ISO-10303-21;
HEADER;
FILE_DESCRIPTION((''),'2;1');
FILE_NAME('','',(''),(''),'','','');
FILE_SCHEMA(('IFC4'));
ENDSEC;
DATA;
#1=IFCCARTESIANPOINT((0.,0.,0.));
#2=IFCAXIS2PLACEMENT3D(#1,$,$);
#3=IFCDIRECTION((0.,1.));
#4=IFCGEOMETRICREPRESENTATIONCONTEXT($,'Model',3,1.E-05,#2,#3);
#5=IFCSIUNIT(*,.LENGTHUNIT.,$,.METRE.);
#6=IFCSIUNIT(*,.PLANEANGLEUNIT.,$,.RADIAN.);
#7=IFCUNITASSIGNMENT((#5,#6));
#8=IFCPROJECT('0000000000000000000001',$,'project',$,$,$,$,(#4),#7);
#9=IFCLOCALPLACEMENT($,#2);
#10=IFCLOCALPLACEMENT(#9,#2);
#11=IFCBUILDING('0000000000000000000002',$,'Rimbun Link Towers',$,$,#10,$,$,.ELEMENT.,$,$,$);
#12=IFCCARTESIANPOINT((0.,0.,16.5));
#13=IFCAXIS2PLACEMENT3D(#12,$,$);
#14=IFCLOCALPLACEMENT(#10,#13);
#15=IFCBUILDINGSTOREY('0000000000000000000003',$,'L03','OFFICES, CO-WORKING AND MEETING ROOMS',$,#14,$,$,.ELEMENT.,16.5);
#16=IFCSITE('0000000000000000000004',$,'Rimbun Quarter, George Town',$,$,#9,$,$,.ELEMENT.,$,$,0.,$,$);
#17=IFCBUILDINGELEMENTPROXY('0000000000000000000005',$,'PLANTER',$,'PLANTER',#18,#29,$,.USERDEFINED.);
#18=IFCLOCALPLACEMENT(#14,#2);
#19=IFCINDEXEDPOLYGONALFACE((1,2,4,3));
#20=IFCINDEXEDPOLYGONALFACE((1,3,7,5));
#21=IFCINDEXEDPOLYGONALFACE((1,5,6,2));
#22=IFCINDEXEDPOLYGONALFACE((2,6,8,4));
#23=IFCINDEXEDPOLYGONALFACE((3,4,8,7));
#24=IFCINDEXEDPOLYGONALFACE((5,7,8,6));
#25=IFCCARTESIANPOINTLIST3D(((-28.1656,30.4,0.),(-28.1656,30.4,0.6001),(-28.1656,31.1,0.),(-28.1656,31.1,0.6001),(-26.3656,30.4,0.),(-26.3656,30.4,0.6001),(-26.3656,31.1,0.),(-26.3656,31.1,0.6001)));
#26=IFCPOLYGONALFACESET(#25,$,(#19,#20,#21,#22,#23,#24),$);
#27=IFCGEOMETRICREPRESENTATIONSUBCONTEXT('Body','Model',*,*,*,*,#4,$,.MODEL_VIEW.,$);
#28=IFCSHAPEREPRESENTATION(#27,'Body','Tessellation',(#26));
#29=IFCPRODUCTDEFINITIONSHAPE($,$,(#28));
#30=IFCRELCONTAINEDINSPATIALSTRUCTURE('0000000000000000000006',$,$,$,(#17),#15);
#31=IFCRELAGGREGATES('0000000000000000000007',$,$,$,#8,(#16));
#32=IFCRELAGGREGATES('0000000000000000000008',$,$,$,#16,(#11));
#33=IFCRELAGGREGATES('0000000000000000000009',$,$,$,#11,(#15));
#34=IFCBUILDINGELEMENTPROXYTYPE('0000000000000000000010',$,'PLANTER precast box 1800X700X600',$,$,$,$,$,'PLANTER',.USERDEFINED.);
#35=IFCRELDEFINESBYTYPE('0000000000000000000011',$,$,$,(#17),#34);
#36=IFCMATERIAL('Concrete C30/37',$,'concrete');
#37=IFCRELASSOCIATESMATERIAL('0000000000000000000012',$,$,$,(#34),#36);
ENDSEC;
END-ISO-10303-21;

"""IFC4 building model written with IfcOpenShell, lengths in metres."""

from ifc_helpers import new_model, si_unit, direction, frame, origin, origin_2d, place, context, subcontext, project, spatial, rectangle, extrude, material, type_object, element, save


model = new_model("IFC4")

# Units and contexts
model_context = context("Model", 3, precision=1e-05, world=origin(), true_north=direction((0.0, 1.0)))
body_context = subcontext(model_context, "Body", "Model", "MODEL_VIEW")
ifc_project = project(units=[si_unit("LENGTHUNIT", "METRE"), si_unit("PLANEANGLEUNIT", "RADIAN")], contexts=[model_context])

# Site, building, storey
site_placement = place(None, origin())
site = spatial("IfcSite", under=ifc_project, at=site_placement, Name="Rimbun Quarter, George Town", CompositionType="ELEMENT", RefElevation=0.0)
building_placement = place(site_placement, origin())
building = spatial("IfcBuilding", under=site, at=building_placement, Name="Rimbun Link Towers", CompositionType="ELEMENT")
storey_placement = place(building_placement, frame((0.0, 0.0, 16.5)))
storey = spatial("IfcBuildingStorey", under=building, at=storey_placement, Name="L03", Description="OFFICES, CO-WORKING AND MEETING ROOMS", CompositionType="ELEMENT", Elevation=16.5)

# Building element proxy
ifc_material_1 = material(Name="Concrete C30/37", Category="concrete")
building_element_proxy_type = type_object("IfcBuildingElementProxyType", Name="PLANTER precast box 1800X700X600", ElementType="PLANTER", PredefinedType="USERDEFINED", material=ifc_material_1)
for number, where, z_axis, x_axis, name in (
    (1, (-27.2656, 30.75, 0.0), (0.0, 0.0, 1.0), (-1.0, 0.0, 0.0), "PLANTER"),
):
    element("IfcBuildingElementProxy", number, at=place(storey_placement, frame(where, z_axis=z_axis, x_axis=x_axis)), inside=storey, type_object=building_element_proxy_type, Name=name, ObjectType="PLANTER", PredefinedType="USERDEFINED", context=body_context, shape_type="SweptSolid", body=[
        extrude(rectangle(XDim=1.8, YDim=0.7, at=origin_2d()), origin(), (0.0, 0.0, 1.0), 0.6001),
    ])

save(model, "model.ifc")
